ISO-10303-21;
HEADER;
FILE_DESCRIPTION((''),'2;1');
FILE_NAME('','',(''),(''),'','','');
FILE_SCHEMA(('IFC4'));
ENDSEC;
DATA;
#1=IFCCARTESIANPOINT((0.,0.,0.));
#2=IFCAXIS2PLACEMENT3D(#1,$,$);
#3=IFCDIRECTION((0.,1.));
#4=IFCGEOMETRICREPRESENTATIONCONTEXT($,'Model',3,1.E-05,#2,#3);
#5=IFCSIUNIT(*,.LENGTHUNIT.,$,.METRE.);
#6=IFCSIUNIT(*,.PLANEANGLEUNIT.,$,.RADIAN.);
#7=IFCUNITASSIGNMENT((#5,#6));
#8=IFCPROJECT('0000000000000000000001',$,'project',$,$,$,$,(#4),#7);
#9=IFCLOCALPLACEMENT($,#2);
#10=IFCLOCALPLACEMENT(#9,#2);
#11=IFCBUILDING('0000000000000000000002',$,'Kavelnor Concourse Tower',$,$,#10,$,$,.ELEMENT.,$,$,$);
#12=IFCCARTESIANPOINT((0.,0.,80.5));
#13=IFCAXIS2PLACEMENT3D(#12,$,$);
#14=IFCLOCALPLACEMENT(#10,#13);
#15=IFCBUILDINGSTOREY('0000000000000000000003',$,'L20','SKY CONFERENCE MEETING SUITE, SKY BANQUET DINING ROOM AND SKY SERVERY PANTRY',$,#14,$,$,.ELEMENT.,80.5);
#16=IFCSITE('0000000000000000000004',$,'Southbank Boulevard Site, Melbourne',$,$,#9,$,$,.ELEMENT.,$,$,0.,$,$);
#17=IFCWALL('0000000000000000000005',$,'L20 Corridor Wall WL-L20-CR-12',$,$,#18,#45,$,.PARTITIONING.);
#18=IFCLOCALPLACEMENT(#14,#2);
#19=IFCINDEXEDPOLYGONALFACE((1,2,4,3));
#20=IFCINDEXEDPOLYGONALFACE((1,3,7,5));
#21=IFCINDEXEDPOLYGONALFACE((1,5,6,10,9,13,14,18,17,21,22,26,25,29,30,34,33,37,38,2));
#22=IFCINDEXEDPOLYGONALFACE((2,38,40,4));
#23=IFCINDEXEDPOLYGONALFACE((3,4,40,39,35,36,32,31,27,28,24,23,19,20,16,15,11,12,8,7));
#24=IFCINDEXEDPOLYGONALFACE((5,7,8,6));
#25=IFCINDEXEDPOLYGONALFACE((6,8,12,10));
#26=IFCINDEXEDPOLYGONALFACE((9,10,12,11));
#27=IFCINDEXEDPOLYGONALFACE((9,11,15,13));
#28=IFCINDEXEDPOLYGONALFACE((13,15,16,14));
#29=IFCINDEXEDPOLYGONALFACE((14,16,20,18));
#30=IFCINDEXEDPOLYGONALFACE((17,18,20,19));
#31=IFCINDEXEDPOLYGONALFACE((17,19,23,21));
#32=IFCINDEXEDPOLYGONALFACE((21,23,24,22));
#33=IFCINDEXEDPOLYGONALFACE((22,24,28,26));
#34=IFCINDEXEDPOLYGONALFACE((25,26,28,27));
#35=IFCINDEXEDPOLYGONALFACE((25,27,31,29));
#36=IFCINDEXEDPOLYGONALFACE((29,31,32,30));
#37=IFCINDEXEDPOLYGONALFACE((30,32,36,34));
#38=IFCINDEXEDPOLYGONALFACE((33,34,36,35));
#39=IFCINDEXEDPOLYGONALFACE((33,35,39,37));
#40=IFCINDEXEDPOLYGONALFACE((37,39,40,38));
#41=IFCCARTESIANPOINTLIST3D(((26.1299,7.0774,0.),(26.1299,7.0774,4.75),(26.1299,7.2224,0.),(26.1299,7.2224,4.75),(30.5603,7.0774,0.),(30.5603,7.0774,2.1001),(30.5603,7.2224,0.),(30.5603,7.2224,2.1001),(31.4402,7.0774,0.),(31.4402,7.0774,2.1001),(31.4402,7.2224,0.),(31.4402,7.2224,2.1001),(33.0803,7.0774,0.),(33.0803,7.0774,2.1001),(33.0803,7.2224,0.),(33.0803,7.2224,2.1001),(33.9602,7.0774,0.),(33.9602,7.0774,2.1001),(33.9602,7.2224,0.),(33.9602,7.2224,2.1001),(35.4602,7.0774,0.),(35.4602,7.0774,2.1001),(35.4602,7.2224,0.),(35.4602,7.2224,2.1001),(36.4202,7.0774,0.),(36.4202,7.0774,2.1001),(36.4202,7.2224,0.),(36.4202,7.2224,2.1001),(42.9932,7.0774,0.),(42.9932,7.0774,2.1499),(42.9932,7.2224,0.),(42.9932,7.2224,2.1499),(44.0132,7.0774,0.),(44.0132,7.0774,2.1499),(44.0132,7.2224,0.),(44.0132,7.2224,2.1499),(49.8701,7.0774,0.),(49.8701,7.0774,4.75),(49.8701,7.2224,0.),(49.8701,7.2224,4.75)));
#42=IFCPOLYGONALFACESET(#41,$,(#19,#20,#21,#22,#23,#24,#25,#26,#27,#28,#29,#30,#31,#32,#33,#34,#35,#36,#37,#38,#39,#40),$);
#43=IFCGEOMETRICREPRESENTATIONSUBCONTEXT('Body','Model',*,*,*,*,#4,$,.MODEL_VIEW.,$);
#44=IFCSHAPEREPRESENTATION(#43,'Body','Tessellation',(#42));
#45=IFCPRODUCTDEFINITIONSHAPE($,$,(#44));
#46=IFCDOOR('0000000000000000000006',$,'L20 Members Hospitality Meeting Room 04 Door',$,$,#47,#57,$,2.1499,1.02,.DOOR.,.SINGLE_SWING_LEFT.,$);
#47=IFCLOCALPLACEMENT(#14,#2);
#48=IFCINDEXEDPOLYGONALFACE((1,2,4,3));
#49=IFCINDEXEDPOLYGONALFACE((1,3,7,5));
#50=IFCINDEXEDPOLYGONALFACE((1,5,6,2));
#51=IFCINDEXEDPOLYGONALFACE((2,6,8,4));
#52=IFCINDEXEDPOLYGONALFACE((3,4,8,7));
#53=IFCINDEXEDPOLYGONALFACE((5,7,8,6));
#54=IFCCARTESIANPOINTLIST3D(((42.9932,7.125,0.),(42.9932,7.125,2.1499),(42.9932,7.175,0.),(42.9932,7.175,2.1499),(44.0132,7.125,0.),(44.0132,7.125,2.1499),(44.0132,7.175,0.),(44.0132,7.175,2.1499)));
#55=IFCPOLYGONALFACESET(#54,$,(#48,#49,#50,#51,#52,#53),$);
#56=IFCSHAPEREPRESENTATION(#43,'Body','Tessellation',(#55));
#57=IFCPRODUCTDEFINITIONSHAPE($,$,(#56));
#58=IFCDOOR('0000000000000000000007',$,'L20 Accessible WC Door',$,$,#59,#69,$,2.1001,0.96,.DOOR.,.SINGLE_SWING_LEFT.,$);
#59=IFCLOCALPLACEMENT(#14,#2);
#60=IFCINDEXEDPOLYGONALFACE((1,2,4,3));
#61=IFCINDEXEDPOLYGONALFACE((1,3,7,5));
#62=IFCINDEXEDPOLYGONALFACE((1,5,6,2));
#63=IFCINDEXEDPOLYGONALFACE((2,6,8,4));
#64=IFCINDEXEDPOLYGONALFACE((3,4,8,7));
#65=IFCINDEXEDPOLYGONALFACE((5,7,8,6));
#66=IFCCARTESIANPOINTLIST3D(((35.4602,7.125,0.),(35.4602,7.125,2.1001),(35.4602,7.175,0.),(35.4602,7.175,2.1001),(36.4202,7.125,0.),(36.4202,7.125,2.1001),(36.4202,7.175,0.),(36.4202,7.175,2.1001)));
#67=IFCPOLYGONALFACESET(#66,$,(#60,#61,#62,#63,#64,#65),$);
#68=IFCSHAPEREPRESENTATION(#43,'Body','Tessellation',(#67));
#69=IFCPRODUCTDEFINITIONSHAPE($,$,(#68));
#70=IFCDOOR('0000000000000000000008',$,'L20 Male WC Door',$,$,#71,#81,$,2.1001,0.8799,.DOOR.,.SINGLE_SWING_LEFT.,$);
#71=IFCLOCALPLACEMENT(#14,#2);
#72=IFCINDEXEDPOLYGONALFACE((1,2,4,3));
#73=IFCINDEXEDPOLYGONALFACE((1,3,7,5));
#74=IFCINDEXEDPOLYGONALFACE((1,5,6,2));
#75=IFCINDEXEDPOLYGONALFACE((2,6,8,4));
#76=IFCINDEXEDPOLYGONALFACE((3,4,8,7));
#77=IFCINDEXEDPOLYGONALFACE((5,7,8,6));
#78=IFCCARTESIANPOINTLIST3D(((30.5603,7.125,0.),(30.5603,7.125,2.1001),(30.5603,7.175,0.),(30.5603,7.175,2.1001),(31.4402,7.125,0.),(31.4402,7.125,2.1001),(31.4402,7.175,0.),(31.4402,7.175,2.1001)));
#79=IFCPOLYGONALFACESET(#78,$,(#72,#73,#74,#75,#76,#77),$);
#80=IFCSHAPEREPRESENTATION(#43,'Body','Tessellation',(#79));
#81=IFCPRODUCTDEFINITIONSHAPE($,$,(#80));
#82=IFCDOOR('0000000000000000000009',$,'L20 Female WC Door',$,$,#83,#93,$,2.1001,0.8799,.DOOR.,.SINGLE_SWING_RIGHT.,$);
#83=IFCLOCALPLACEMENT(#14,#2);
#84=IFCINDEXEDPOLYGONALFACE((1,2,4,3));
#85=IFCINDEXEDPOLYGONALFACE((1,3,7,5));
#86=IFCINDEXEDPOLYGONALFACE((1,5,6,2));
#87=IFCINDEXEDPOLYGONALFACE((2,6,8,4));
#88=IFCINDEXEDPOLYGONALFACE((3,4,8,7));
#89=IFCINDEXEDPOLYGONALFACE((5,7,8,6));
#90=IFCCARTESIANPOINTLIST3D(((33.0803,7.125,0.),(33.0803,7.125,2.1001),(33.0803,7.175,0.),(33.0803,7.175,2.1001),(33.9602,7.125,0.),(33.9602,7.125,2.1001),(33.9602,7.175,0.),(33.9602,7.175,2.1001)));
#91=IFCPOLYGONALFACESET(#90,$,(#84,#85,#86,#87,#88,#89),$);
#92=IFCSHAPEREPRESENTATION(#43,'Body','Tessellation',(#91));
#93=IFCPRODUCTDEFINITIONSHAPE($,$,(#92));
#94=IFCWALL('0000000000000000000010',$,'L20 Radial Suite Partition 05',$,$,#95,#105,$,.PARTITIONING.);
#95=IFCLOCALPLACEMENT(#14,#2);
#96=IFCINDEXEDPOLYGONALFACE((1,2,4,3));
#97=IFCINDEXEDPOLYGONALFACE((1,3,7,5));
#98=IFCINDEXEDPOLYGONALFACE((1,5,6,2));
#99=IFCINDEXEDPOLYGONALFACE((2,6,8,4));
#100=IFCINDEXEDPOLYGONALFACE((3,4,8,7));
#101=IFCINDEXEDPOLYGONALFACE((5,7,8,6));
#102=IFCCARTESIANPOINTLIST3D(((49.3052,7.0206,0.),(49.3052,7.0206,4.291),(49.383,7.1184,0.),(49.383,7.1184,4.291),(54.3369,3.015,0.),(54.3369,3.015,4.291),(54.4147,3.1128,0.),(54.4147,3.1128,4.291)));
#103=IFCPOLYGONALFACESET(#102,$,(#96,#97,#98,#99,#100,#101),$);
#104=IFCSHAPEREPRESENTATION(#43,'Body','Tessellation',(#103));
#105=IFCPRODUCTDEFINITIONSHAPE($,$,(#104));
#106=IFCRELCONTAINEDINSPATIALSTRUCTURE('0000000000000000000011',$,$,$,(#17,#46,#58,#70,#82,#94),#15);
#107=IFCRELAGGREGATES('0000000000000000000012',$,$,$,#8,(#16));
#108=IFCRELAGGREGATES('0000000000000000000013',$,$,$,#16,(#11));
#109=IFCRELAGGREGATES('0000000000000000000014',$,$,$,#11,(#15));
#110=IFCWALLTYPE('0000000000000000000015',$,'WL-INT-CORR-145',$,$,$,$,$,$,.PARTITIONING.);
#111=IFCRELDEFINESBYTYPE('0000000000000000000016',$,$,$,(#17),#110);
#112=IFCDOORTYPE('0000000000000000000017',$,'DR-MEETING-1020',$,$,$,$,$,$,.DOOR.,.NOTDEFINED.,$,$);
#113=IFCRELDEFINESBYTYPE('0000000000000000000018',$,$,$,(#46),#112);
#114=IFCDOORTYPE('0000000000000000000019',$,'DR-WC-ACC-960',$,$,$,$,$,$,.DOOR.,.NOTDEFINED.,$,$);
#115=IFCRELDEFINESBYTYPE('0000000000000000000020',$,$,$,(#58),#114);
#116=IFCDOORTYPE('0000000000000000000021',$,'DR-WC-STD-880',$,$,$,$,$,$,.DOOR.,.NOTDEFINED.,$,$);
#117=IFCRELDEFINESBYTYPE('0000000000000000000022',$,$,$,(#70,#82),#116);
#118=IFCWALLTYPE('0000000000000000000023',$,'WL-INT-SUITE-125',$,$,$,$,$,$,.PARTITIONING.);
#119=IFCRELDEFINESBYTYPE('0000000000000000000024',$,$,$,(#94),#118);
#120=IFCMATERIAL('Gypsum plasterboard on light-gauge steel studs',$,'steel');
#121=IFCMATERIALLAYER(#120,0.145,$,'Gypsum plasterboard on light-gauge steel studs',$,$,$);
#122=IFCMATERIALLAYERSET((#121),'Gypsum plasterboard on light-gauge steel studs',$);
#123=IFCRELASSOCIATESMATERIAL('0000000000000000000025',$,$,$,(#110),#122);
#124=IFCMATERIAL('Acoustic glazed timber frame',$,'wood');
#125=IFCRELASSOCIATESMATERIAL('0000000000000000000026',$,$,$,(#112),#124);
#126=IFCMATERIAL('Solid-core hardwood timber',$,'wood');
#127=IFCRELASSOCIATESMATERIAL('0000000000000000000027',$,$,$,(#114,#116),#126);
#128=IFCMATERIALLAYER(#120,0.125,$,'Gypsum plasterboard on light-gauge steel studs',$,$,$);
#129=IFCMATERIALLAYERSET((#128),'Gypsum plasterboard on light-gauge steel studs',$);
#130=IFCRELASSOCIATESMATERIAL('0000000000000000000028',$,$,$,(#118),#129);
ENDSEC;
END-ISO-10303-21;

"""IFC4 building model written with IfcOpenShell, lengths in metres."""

from ifc_helpers import new_model, si_unit, direction, frame, frame_2d, origin, place, context, subcontext, project, spatial, rectangle, extrude, material, layer, layer_set, type_object, element, fill, save


model = new_model("IFC4")

# Units and contexts
model_context = context("Model", 3, precision=1e-05, world=origin(), true_north=direction((0.0, 1.0)))
body_context = subcontext(model_context, "Body", "Model", "MODEL_VIEW")
ifc_project = project(units=[si_unit("LENGTHUNIT", "METRE"), si_unit("PLANEANGLEUNIT", "RADIAN")], contexts=[model_context])

# Site, building, storey
site_placement = place(None, origin())
site = spatial("IfcSite", under=ifc_project, at=site_placement, Name="Southbank Boulevard Site, Melbourne", CompositionType="ELEMENT", RefElevation=0.0)
building_placement = place(site_placement, origin())
building = spatial("IfcBuilding", under=site, at=building_placement, Name="Kavelnor Concourse Tower", CompositionType="ELEMENT")
storey_placement = place(building_placement, frame((0.0, 0.0, 80.5)))
storey = spatial("IfcBuildingStorey", under=building, at=storey_placement, Name="L20", Description="SKY CONFERENCE MEETING SUITE, SKY BANQUET DINING ROOM AND SKY SERVERY PANTRY", CompositionType="ELEMENT", Elevation=80.5)

# Shared definitions
ifc_material_1 = material(Name="Gypsum plasterboard on light-gauge steel studs", Category="steel")
ifc_layer_1 = layer(ifc_material_1, 0.145, Name="Gypsum plasterboard on light-gauge steel studs")
ifc_layer_set_1 = layer_set([ifc_layer_1], Name="Gypsum plasterboard on light-gauge steel studs")
wall_type_1 = type_object("IfcWallType", Name="WL-INT-CORR-145", PredefinedType="PARTITIONING", material=ifc_layer_set_1)

# Wall, openings, doors
wall_1_placement = place(storey_placement, frame((49.8701, 7.1499, 0.0), z_axis=(0.0, 0.0, 1.0), x_axis=(-1.0, 0.0, 0.0)))
wall_1 = element("IfcWall", 1, at=wall_1_placement, inside=storey, type_object=wall_type_1, Name="L20 Corridor Wall WL-L20-CR-12", PredefinedType="PARTITIONING", context=body_context, shape_type="SweptSolid", body=[
    extrude(rectangle(XDim=23.7402, YDim=0.145, at=frame_2d((11.8701, 0.0))), origin(), (0.0, 0.0, 1.0), 4.75),
])
opening_1_placement = place(wall_1_placement, frame((18.4299, 0.0, 0.0)))
opening_1 = element("IfcOpeningElement", 2, at=opening_1_placement, cuts=wall_1, PredefinedType="OPENING", context=body_context, shape_type="SweptSolid", body=[
    extrude(rectangle(XDim=0.8799, YDim=2.1001, at=frame_2d((0.4399, 1.05))), frame((0.0, 0.0825, 0.0), z_axis=(0.0, -1.0, 0.0), x_axis=(1.0, 0.0, 0.0)), (0.0, 0.0, 1.0), 0.165),
])
opening_2_placement = place(wall_1_placement, frame((15.9099, 0.0, 0.0)))
opening_2 = element("IfcOpeningElement", 3, at=opening_2_placement, cuts=wall_1, PredefinedType="OPENING", context=body_context, shape_type="SweptSolid", body=[
    extrude(rectangle(XDim=0.8799, YDim=2.1001, at=frame_2d((0.4399, 1.05))), frame((0.0, 0.0825, 0.0), z_axis=(0.0, -1.0, 0.0), x_axis=(1.0, 0.0, 0.0)), (0.0, 0.0, 1.0), 0.165),
])
opening_3_placement = place(wall_1_placement, frame((13.45, 0.0, 0.0)))
opening_3 = element("IfcOpeningElement", 4, at=opening_3_placement, cuts=wall_1, PredefinedType="OPENING", context=body_context, shape_type="SweptSolid", body=[
    extrude(rectangle(XDim=0.96, YDim=2.1001, at=frame_2d((0.48, 1.05))), frame((0.0, 0.0825, 0.0), z_axis=(0.0, -1.0, 0.0), x_axis=(1.0, 0.0, 0.0)), (0.0, 0.0, 1.0), 0.165),
])
opening_4_placement = place(wall_1_placement, frame((5.8569, 0.0, 0.0)))
opening_4 = element("IfcOpeningElement", 5, at=opening_4_placement, cuts=wall_1, PredefinedType="OPENING", context=body_context, shape_type="SweptSolid", body=[
    extrude(rectangle(XDim=1.02, YDim=2.1499, at=frame_2d((0.51, 1.075))), frame((0.0, 0.0825, 0.0), z_axis=(0.0, -1.0, 0.0), x_axis=(1.0, 0.0, 0.0)), (0.0, 0.0, 1.0), 0.165),
])
ifc_material_2 = material(Name="Acoustic glazed timber frame", Category="wood")
door_type_1 = type_object("IfcDoorType", Name="DR-MEETING-1020", OperationType="NOTDEFINED", PredefinedType="DOOR", material=ifc_material_2)
door_1_placement = place(opening_4_placement, origin())
door_1 = element("IfcDoor", 6, at=door_1_placement, inside=storey, type_object=door_type_1, Name="L20 Members Hospitality Meeting Room 04 Door", OperationType="SINGLE_SWING_LEFT", OverallHeight=2.1499, OverallWidth=1.02, PredefinedType="DOOR", context=body_context, shape_type="SweptSolid", body=[
    extrude(rectangle(XDim=1.02, YDim=2.1499, at=frame_2d((0.51, 1.075))), frame((0.0, 0.0249, 0.0), z_axis=(0.0, -1.0, 0.0), x_axis=(1.0, 0.0, 0.0)), (0.0, 0.0, 1.0), 0.05),
])
fill(opening_4, door_1)
ifc_material_3 = material(Name="Solid-core hardwood timber", Category="wood")
door_type_2 = type_object("IfcDoorType", Name="DR-WC-ACC-960", OperationType="NOTDEFINED", PredefinedType="DOOR", material=ifc_material_3)
door_2_placement = place(opening_3_placement, origin())
door_2 = element("IfcDoor", 7, at=door_2_placement, inside=storey, type_object=door_type_2, Name="L20 Accessible WC Door", OperationType="SINGLE_SWING_LEFT", OverallHeight=2.1001, OverallWidth=0.96, PredefinedType="DOOR", context=body_context, shape_type="SweptSolid", body=[
    extrude(rectangle(XDim=0.96, YDim=2.1001, at=frame_2d((0.48, 1.05))), frame((0.0, 0.0249, 0.0), z_axis=(0.0, -1.0, 0.0), x_axis=(1.0, 0.0, 0.0)), (0.0, 0.0, 1.0), 0.05),
])
fill(opening_3, door_2)
door_type_3 = type_object("IfcDoorType", Name="DR-WC-STD-880", OperationType="NOTDEFINED", PredefinedType="DOOR", material=ifc_material_3)
door_3_placement = place(opening_1_placement, origin())
door_3 = element("IfcDoor", 8, at=door_3_placement, inside=storey, type_object=door_type_3, Name="L20 Male WC Door", OperationType="SINGLE_SWING_LEFT", OverallHeight=2.1001, OverallWidth=0.8799, PredefinedType="DOOR", context=body_context, shape_type="SweptSolid", body=[
    extrude(rectangle(XDim=0.8799, YDim=2.1001, at=frame_2d((0.4399, 1.05))), frame((0.0, 0.0249, 0.0), z_axis=(0.0, -1.0, 0.0), x_axis=(1.0, 0.0, 0.0)), (0.0, 0.0, 1.0), 0.05),
])
fill(opening_1, door_3)
door_4_placement = place(opening_2_placement, origin())
door_4 = element("IfcDoor", 9, at=door_4_placement, inside=storey, type_object=door_type_3, Name="L20 Female WC Door", OperationType="SINGLE_SWING_RIGHT", OverallHeight=2.1001, OverallWidth=0.8799, PredefinedType="DOOR", context=body_context, shape_type="SweptSolid", body=[
    extrude(rectangle(XDim=0.8799, YDim=2.1001, at=frame_2d((0.4399, 1.05))), frame((0.0, 0.0249, 0.0), z_axis=(0.0, -1.0, 0.0), x_axis=(1.0, 0.0, 0.0)), (0.0, 0.0, 1.0), 0.05),
])
fill(opening_2, door_4)

# Wall
ifc_layer_2 = layer(ifc_material_1, 0.125, Name="Gypsum plasterboard on light-gauge steel studs")
ifc_layer_set_2 = layer_set([ifc_layer_2], Name="Gypsum plasterboard on light-gauge steel studs")
wall_type_2 = type_object("IfcWallType", Name="WL-INT-SUITE-125", PredefinedType="PARTITIONING", material=ifc_layer_set_2)
wall_2_placement = place(storey_placement, frame((49.344, 7.0696, 0.0), z_axis=(0.0, 0.0, 1.0), x_axis=(0.782366, -0.622818, 0.0)))
element("IfcWall", 10, at=wall_2_placement, inside=storey, type_object=wall_type_2, Name="L20 Radial Suite Partition 05", PredefinedType="PARTITIONING", context=body_context, shape_type="SweptSolid", body=[
    extrude(rectangle(XDim=6.4314, YDim=0.125, at=frame_2d((3.2158, 0.0))), origin(), (0.0, 0.0, 1.0), 4.291),
])

save(model, "model.ifc")
